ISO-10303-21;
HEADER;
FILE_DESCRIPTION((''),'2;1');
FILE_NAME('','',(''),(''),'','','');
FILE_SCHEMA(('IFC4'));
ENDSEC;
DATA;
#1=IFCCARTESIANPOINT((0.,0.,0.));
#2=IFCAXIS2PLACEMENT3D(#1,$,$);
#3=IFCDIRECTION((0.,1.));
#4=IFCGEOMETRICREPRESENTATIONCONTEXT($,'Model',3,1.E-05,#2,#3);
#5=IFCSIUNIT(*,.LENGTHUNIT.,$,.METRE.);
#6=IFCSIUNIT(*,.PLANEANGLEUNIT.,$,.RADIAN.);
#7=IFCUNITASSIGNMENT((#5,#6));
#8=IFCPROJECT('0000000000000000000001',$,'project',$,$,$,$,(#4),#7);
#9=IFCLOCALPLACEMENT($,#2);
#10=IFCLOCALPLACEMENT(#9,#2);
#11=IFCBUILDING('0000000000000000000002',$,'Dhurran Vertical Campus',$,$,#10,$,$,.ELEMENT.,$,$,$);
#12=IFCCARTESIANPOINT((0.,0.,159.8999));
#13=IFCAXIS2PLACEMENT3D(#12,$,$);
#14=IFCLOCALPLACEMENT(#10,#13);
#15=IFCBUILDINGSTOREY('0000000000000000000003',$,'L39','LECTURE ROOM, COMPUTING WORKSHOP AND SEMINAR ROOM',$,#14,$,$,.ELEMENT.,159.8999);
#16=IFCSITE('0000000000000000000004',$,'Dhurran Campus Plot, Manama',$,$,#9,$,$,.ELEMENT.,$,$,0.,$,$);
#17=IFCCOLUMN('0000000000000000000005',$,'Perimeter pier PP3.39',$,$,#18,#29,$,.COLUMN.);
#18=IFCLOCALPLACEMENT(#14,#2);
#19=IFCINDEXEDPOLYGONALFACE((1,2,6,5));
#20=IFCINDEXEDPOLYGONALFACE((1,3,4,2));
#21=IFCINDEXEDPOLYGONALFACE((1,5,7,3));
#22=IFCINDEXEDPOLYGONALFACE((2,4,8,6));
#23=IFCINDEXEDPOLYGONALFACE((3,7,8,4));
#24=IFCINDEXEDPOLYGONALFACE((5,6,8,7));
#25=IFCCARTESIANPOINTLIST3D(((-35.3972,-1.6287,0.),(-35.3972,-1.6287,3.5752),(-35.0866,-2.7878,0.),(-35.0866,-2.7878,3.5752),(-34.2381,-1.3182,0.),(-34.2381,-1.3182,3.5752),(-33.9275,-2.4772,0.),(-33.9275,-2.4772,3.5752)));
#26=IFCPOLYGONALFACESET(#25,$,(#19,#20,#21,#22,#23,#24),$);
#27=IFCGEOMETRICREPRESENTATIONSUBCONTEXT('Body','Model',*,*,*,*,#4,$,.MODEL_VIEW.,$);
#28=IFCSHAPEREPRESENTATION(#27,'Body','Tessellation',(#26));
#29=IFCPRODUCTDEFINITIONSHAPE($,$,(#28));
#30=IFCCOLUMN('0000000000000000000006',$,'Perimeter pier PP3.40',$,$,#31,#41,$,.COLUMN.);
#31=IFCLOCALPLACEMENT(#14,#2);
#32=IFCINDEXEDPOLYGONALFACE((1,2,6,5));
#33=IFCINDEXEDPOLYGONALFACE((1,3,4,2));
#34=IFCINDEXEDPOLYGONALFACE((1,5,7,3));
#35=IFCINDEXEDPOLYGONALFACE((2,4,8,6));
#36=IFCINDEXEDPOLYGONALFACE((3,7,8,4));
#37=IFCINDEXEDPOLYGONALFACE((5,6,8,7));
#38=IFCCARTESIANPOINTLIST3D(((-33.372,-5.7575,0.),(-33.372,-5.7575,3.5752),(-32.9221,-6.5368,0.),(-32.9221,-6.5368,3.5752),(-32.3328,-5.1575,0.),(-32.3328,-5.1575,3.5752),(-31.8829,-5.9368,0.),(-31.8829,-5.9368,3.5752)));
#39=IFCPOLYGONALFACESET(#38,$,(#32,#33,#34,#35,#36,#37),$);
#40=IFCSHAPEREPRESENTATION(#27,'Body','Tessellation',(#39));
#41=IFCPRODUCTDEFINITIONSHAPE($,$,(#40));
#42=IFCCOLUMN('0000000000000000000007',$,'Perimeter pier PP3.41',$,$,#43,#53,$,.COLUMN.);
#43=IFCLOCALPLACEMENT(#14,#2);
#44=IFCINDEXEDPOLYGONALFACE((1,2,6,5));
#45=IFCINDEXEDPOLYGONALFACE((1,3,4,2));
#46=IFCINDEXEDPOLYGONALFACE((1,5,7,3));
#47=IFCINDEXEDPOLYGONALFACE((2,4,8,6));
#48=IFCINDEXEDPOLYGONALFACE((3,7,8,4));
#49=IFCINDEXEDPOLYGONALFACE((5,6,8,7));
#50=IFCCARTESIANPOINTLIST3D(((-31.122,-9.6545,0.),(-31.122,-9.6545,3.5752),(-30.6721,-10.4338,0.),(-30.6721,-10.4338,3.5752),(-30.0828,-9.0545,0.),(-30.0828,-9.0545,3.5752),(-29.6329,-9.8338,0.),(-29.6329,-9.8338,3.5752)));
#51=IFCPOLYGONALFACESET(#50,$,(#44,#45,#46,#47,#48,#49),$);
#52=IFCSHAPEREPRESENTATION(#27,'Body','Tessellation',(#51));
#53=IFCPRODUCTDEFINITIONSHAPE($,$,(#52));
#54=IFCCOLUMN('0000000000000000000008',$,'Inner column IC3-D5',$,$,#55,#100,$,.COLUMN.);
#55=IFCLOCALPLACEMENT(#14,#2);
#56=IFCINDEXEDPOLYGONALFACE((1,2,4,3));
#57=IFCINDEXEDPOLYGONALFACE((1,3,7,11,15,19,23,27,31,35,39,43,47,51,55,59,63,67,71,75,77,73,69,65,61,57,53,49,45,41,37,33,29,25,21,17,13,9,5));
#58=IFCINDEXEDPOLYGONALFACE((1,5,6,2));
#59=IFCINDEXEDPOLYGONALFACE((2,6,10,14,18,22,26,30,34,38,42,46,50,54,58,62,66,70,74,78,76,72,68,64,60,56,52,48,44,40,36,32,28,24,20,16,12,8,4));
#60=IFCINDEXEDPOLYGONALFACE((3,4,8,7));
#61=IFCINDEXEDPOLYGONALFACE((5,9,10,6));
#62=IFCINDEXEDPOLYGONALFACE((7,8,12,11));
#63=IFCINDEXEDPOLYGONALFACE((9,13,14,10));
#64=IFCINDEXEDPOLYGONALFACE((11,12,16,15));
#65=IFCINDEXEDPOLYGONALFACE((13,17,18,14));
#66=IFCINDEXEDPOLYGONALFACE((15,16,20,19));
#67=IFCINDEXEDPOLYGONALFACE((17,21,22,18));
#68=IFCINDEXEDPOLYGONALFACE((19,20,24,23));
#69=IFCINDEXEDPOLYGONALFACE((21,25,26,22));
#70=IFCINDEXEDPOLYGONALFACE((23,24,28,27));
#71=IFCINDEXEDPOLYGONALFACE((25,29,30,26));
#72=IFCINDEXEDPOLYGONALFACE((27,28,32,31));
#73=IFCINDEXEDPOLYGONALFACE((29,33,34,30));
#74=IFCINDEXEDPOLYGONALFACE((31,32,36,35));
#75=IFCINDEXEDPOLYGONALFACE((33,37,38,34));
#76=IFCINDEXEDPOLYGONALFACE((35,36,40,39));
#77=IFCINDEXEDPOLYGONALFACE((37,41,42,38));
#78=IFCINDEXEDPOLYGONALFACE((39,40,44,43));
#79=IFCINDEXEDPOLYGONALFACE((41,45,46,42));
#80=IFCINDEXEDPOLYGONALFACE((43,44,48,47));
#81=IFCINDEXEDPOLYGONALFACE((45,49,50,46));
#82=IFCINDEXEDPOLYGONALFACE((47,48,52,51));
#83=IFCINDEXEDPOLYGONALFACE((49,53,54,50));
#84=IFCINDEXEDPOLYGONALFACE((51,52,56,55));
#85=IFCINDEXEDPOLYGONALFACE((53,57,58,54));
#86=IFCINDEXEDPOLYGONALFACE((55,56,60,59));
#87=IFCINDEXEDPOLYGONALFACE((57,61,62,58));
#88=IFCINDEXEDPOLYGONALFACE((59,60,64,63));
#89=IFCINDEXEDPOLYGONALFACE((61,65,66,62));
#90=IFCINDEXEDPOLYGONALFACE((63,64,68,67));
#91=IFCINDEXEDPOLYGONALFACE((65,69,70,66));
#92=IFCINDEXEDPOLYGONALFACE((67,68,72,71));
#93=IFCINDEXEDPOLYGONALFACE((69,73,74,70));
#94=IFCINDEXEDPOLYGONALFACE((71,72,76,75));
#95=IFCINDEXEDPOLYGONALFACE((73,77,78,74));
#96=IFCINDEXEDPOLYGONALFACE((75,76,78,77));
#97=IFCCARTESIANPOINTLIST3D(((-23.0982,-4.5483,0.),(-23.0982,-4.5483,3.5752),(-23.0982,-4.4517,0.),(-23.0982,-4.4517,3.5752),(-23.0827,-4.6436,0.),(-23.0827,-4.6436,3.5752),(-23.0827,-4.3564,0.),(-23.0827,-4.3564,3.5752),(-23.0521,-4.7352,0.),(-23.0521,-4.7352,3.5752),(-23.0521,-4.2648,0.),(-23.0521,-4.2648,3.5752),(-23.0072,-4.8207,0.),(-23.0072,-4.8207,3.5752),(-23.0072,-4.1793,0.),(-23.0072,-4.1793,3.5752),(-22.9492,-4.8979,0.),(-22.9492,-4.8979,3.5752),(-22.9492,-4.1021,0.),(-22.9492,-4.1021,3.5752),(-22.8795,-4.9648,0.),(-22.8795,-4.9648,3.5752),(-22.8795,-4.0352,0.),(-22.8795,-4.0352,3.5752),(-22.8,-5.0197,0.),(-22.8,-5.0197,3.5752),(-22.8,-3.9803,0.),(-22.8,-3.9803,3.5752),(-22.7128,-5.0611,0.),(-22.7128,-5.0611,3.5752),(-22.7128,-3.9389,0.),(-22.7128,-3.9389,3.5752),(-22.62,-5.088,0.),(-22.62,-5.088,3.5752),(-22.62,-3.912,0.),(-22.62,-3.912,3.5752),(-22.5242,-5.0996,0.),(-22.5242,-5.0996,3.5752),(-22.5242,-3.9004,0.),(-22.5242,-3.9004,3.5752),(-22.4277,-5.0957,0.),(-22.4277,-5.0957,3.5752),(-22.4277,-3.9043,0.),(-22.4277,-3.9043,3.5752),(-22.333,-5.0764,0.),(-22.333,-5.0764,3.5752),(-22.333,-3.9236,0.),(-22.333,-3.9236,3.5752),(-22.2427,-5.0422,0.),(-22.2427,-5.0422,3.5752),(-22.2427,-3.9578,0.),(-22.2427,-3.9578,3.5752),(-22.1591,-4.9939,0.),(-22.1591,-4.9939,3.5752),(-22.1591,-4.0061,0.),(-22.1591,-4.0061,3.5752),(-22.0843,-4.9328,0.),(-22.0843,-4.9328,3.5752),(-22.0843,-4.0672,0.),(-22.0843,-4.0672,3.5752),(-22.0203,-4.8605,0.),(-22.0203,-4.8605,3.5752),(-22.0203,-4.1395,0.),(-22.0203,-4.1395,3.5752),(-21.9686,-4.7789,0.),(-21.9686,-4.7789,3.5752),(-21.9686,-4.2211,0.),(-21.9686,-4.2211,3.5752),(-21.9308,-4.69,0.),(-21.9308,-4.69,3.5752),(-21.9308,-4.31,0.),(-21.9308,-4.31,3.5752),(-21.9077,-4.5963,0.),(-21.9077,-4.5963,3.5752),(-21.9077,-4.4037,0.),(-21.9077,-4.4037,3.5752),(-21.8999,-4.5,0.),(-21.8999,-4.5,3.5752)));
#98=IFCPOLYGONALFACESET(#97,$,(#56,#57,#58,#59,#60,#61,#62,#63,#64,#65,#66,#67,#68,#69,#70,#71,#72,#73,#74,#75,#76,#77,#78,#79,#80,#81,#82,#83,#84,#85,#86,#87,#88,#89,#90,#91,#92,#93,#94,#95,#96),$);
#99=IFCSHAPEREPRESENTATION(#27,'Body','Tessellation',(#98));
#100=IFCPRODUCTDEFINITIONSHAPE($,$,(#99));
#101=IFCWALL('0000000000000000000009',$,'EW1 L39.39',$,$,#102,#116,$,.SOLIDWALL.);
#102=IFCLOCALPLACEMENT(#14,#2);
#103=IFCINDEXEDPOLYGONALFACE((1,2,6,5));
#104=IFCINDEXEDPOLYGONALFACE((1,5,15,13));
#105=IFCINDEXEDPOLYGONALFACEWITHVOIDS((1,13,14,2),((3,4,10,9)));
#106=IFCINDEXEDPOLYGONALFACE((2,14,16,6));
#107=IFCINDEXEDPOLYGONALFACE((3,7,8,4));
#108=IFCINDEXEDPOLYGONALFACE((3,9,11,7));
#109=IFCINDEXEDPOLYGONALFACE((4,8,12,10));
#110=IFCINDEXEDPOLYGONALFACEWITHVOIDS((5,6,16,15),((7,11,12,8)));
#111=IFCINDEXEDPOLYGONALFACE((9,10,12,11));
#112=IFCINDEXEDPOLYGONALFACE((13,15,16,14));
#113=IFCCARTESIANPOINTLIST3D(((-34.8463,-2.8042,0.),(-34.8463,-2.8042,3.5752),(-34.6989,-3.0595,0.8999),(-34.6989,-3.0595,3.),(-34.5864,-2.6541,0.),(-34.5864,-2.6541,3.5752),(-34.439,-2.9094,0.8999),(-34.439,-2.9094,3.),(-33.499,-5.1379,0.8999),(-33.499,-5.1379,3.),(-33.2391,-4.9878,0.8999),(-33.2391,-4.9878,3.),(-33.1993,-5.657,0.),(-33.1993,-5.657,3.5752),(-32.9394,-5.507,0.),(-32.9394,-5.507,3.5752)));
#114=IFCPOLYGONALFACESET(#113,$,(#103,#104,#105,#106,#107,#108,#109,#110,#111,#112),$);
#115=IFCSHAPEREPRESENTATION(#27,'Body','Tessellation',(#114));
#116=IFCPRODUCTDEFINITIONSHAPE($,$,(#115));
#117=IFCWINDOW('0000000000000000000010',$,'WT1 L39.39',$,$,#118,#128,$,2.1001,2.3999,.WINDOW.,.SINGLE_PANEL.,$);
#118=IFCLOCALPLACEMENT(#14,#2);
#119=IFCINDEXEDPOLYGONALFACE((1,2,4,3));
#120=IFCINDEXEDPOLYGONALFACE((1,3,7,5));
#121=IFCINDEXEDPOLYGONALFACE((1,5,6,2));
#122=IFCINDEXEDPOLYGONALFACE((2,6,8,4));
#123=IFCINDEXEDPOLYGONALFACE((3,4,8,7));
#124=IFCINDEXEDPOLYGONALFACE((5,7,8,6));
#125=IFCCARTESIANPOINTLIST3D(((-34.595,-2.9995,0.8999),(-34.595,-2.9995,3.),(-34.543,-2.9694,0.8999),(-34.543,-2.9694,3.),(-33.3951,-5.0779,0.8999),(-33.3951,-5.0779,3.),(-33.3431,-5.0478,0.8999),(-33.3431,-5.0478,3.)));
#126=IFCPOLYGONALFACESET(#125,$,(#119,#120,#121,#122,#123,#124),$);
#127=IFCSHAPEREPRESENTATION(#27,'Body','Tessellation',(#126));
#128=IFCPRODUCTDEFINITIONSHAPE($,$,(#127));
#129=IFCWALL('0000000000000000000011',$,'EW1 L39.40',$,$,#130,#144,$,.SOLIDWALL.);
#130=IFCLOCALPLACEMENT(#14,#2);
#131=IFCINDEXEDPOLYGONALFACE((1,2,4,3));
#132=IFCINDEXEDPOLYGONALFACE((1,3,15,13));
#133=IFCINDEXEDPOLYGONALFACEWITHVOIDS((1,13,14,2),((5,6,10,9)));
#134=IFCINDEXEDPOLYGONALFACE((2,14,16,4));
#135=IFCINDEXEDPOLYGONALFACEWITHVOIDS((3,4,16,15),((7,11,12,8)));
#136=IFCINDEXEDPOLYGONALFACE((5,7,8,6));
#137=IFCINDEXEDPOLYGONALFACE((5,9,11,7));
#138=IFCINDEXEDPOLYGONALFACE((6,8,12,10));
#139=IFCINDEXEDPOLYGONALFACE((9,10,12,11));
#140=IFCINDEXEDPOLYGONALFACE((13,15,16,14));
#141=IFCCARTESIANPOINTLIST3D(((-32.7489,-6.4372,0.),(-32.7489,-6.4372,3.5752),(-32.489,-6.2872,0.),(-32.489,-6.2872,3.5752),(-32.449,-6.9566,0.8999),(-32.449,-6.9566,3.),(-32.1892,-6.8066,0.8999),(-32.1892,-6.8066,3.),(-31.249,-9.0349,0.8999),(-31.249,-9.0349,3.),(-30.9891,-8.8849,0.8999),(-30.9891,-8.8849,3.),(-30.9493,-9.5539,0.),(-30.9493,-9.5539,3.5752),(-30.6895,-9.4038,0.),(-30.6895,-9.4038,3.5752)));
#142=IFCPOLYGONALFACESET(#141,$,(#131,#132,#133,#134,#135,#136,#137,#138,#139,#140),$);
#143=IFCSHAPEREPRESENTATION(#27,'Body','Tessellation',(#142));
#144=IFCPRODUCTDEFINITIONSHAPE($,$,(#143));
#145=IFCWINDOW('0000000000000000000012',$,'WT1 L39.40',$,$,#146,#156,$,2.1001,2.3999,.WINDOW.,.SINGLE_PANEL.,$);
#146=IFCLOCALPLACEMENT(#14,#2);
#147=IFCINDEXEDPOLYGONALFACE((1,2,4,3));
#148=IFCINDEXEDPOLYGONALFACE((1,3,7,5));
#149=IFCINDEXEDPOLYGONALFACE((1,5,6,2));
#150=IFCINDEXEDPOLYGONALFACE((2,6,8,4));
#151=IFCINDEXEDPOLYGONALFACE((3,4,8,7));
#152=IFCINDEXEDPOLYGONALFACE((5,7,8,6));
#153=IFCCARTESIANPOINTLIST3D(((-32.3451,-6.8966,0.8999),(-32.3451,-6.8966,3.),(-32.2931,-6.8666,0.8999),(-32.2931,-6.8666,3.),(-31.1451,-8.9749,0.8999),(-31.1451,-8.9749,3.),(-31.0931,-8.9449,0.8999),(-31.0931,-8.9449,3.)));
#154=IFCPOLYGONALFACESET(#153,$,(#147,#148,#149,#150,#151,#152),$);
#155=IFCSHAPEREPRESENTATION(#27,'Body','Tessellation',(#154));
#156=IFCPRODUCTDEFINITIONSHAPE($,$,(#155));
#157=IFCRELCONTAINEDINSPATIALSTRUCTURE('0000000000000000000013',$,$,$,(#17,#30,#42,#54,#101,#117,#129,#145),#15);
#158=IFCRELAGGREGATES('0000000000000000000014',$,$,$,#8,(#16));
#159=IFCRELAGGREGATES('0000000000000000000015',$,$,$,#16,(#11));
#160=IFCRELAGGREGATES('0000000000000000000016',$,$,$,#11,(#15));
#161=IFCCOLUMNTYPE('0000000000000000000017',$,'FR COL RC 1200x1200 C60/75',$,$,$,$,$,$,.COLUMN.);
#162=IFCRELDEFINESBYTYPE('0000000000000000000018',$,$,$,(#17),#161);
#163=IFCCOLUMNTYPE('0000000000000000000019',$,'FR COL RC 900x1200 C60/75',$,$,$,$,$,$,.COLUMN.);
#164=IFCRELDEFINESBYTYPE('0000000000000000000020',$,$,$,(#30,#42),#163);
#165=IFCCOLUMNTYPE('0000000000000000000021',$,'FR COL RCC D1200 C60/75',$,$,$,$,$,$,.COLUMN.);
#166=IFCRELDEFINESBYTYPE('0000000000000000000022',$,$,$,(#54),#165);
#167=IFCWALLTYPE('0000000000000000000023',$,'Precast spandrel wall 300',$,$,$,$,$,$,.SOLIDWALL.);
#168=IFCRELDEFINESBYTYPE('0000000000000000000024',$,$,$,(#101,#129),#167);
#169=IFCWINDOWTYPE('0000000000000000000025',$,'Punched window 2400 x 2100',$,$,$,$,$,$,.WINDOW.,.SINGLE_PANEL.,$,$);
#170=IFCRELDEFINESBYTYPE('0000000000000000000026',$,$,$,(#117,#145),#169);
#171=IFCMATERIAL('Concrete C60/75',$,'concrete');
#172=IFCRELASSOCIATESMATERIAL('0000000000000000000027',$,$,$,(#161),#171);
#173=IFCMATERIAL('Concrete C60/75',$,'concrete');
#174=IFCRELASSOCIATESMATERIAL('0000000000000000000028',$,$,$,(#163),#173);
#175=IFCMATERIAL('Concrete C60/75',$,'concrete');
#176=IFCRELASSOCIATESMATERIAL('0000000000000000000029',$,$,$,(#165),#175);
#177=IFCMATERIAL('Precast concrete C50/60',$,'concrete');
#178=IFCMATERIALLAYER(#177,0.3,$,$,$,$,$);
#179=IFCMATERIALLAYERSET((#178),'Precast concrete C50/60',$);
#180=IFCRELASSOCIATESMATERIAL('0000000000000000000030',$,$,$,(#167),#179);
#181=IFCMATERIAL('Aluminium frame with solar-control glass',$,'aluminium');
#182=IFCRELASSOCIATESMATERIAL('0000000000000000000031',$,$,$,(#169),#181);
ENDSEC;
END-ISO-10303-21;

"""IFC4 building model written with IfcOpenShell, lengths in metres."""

from ifc_helpers import new_model, si_unit, direction, frame, frame_2d, origin, origin_2d, place, context, subcontext, project, spatial, rectangle, circle, extrude, material, layer, layer_set, material_profile, profile_set, type_object, element, fill, save


model = new_model("IFC4")

# Units and contexts
model_context = context("Model", 3, precision=1e-05, world=origin(), true_north=direction((0.0, 1.0)))
body_context = subcontext(model_context, "Body", "Model", "MODEL_VIEW")
ifc_project = project(units=[si_unit("LENGTHUNIT", "METRE"), si_unit("PLANEANGLEUNIT", "RADIAN")], contexts=[model_context])

# Site, building, storey
site_placement = place(None, origin())
site = spatial("IfcSite", under=ifc_project, at=site_placement, Name="Dhurran Campus Plot, Manama", CompositionType="ELEMENT", RefElevation=0.0)
building_placement = place(site_placement, origin())
building = spatial("IfcBuilding", under=site, at=building_placement, Name="Dhurran Vertical Campus", CompositionType="ELEMENT")
storey_placement = place(building_placement, frame((0.0, 0.0, 159.8999)))
storey = spatial("IfcBuildingStorey", under=building, at=storey_placement, Name="L39", Description="LECTURE ROOM, COMPUTING WORKSHOP AND SEMINAR ROOM", CompositionType="ELEMENT", Elevation=159.8999)

# Columns
ifc_material_1 = material(Name="Concrete C60/75", Category="concrete")
ifc_material_profile_1 = material_profile(ifc_material_1, rectangle(XDim=1.2, YDim=1.2, at=origin_2d()), Name="RC 1200x1200")
ifc_profile_set_1 = profile_set([ifc_material_profile_1], Name="Concrete C60/75")
column_type_1 = type_object("IfcColumnType", Name="FR COL RC 1200x1200 C60/75", PredefinedType="COLUMN", material=ifc_profile_set_1)
column_1_placement = place(storey_placement, frame((-34.6624, -2.053, 0.0), z_axis=(0.0, 0.0, 1.0), x_axis=(0.258819, -0.965926, 0.0)))
element("IfcColumn", 1, at=column_1_placement, inside=storey, type_object=column_type_1, Name="Perimeter pier PP3.39", PredefinedType="COLUMN", context=body_context, shape_type="SweptSolid", body=[
    extrude(rectangle(XDim=1.2, YDim=1.2, at=origin_2d()), origin(), (0.0, 0.0, 1.0), 3.5752),
])
ifc_material_2 = material(Name="Concrete C60/75", Category="concrete")
ifc_material_profile_2 = material_profile(ifc_material_2, rectangle(XDim=0.8999, YDim=1.2, at=origin_2d()), Name="RC 900x1200")
ifc_profile_set_2 = profile_set([ifc_material_profile_2], Name="Concrete C60/75")
column_type_2 = type_object("IfcColumnType", Name="FR COL RC 900x1200 C60/75", PredefinedType="COLUMN", material=ifc_profile_set_2)
for number, where, z_axis, x_axis, name in (
    (2, (-32.6274, -5.8472, 0.0), (0.0, 0.0, 1.0), (0.5, -0.866025, 0.0), "Perimeter pier PP3.40"),
    (3, (-30.3774, -9.7441, 0.0), (0.0, 0.0, 1.0), (0.5, -0.866025, 0.0), "Perimeter pier PP3.41"),
):
    element("IfcColumn", number, at=place(storey_placement, frame(where, z_axis=z_axis, x_axis=x_axis)), inside=storey, type_object=column_type_2, Name=name, PredefinedType="COLUMN", context=body_context, shape_type="SweptSolid", body=[
        extrude(rectangle(XDim=0.8999, YDim=1.2, at=origin_2d()), origin(), (0.0, 0.0, 1.0), 3.5752),
    ])
ifc_material_3 = material(Name="Concrete C60/75", Category="concrete")
ifc_material_profile_3 = material_profile(ifc_material_3, circle(Radius=0.6001, at=origin_2d()), Name="RCC D1200")
ifc_profile_set_3 = profile_set([ifc_material_profile_3], Name="Concrete C60/75")
column_type_3 = type_object("IfcColumnType", Name="FR COL RCC D1200 C60/75", PredefinedType="COLUMN", material=ifc_profile_set_3)
column_2_placement = place(storey_placement, frame((-22.5, -4.5, 0.0), z_axis=(0.0, 0.0, 1.0), x_axis=(1.0, 0.0, 0.0)))
element("IfcColumn", 4, at=column_2_placement, inside=storey, type_object=column_type_3, Name="Inner column IC3-D5", PredefinedType="COLUMN", context=body_context, shape_type="SweptSolid", body=[
    extrude(circle(Radius=0.6001, at=origin_2d()), origin(), (0.0, 0.0, 1.0), 3.5752),
])

# Walls, openings, windows
ifc_material_4 = material(Name="Precast concrete C50/60", Category="concrete")
ifc_layer_1 = layer(ifc_material_4, 0.3)
ifc_layer_set_1 = layer_set([ifc_layer_1], Name="Precast concrete C50/60")
wall_type_1 = type_object("IfcWallType", Name="Precast spandrel wall 300", PredefinedType="SOLIDWALL", material=ifc_layer_set_1)
wall_1_placement = place(storey_placement, frame((-34.7163, -2.7292, 0.0), z_axis=(0.0, 0.0, 1.0), x_axis=(0.499981, -0.866036, 0.0)))
wall_1 = element("IfcWall", 5, at=wall_1_placement, inside=storey, type_object=wall_type_1, Name="EW1 L39.39", PredefinedType="SOLIDWALL", context=body_context, shape_type="SweptSolid", body=[
    extrude(rectangle(XDim=3.2942, YDim=0.3, at=frame_2d((1.647, 0.0))), origin(), (0.0, 0.0, 1.0), 3.5752),
])
opening_1_placement = place(wall_1_placement, frame((0.2947, 0.0, 0.8999)))
opening_1 = element("IfcOpeningElement", 6, at=opening_1_placement, cuts=wall_1, PredefinedType="OPENING", context=body_context, shape_type="SweptSolid", body=[
    extrude(rectangle(XDim=2.3999, YDim=2.1001, at=frame_2d((1.2, 1.05))), frame((0.0, 0.1599, 0.0), z_axis=(0.0, -1.0, 0.0), x_axis=(1.0, 0.0, 0.0)), (0.0, 0.0, 1.0), 0.3201),
])
ifc_material_5 = material(Name="Aluminium frame with solar-control glass", Category="aluminium")
window_type = type_object("IfcWindowType", Name="Punched window 2400 x 2100", PartitioningType="SINGLE_PANEL", PredefinedType="WINDOW", material=ifc_material_5)
window_1_placement = place(opening_1_placement, origin())
window_1 = element("IfcWindow", 7, at=window_1_placement, inside=storey, type_object=window_type, Name="WT1 L39.39", OverallHeight=2.1001, OverallWidth=2.3999, PartitioningType="SINGLE_PANEL", PredefinedType="WINDOW", context=body_context, shape_type="SweptSolid", body=[
    extrude(rectangle(XDim=2.3999, YDim=2.1001, at=frame_2d((1.2, 1.05))), frame((0.0, 0.03, 0.0), z_axis=(0.0, -1.0, 0.0), x_axis=(1.0, 0.0, 0.0)), (0.0, 0.0, 1.0), 0.0601),
])
fill(opening_1, window_1)
wall_2_placement = place(storey_placement, frame((-32.6189, -6.3623, 0.0), z_axis=(0.0, 0.0, 1.0), x_axis=(0.500028, -0.866009, 0.0)))
wall_2 = element("IfcWall", 8, at=wall_2_placement, inside=storey, type_object=wall_type_1, Name="EW1 L39.40", PredefinedType="SOLIDWALL", context=body_context, shape_type="SweptSolid", body=[
    extrude(rectangle(XDim=3.5989, YDim=0.3, at=frame_2d((1.7993, 0.0))), origin(), (0.0, 0.0, 1.0), 3.5752),
])
opening_2_placement = place(wall_2_placement, frame((0.5996, 0.0, 0.8999)))
opening_2 = element("IfcOpeningElement", 9, at=opening_2_placement, cuts=wall_2, PredefinedType="OPENING", context=body_context, shape_type="SweptSolid", body=[
    extrude(rectangle(XDim=2.3999, YDim=2.1001, at=frame_2d((1.2, 1.05))), frame((0.0, 0.1599, 0.0), z_axis=(0.0, -1.0, 0.0), x_axis=(1.0, 0.0, 0.0)), (0.0, 0.0, 1.0), 0.3201),
])
window_2_placement = place(opening_2_placement, origin())
window_2 = element("IfcWindow", 10, at=window_2_placement, inside=storey, type_object=window_type, Name="WT1 L39.40", OverallHeight=2.1001, OverallWidth=2.3999, PartitioningType="SINGLE_PANEL", PredefinedType="WINDOW", context=body_context, shape_type="SweptSolid", body=[
    extrude(rectangle(XDim=2.3999, YDim=2.1001, at=frame_2d((1.2, 1.05))), frame((0.0, 0.03, 0.0), z_axis=(0.0, -1.0, 0.0), x_axis=(1.0, 0.0, 0.0)), (0.0, 0.0, 1.0), 0.0601),
])
fill(opening_2, window_2)

save(model, "model.ifc")
